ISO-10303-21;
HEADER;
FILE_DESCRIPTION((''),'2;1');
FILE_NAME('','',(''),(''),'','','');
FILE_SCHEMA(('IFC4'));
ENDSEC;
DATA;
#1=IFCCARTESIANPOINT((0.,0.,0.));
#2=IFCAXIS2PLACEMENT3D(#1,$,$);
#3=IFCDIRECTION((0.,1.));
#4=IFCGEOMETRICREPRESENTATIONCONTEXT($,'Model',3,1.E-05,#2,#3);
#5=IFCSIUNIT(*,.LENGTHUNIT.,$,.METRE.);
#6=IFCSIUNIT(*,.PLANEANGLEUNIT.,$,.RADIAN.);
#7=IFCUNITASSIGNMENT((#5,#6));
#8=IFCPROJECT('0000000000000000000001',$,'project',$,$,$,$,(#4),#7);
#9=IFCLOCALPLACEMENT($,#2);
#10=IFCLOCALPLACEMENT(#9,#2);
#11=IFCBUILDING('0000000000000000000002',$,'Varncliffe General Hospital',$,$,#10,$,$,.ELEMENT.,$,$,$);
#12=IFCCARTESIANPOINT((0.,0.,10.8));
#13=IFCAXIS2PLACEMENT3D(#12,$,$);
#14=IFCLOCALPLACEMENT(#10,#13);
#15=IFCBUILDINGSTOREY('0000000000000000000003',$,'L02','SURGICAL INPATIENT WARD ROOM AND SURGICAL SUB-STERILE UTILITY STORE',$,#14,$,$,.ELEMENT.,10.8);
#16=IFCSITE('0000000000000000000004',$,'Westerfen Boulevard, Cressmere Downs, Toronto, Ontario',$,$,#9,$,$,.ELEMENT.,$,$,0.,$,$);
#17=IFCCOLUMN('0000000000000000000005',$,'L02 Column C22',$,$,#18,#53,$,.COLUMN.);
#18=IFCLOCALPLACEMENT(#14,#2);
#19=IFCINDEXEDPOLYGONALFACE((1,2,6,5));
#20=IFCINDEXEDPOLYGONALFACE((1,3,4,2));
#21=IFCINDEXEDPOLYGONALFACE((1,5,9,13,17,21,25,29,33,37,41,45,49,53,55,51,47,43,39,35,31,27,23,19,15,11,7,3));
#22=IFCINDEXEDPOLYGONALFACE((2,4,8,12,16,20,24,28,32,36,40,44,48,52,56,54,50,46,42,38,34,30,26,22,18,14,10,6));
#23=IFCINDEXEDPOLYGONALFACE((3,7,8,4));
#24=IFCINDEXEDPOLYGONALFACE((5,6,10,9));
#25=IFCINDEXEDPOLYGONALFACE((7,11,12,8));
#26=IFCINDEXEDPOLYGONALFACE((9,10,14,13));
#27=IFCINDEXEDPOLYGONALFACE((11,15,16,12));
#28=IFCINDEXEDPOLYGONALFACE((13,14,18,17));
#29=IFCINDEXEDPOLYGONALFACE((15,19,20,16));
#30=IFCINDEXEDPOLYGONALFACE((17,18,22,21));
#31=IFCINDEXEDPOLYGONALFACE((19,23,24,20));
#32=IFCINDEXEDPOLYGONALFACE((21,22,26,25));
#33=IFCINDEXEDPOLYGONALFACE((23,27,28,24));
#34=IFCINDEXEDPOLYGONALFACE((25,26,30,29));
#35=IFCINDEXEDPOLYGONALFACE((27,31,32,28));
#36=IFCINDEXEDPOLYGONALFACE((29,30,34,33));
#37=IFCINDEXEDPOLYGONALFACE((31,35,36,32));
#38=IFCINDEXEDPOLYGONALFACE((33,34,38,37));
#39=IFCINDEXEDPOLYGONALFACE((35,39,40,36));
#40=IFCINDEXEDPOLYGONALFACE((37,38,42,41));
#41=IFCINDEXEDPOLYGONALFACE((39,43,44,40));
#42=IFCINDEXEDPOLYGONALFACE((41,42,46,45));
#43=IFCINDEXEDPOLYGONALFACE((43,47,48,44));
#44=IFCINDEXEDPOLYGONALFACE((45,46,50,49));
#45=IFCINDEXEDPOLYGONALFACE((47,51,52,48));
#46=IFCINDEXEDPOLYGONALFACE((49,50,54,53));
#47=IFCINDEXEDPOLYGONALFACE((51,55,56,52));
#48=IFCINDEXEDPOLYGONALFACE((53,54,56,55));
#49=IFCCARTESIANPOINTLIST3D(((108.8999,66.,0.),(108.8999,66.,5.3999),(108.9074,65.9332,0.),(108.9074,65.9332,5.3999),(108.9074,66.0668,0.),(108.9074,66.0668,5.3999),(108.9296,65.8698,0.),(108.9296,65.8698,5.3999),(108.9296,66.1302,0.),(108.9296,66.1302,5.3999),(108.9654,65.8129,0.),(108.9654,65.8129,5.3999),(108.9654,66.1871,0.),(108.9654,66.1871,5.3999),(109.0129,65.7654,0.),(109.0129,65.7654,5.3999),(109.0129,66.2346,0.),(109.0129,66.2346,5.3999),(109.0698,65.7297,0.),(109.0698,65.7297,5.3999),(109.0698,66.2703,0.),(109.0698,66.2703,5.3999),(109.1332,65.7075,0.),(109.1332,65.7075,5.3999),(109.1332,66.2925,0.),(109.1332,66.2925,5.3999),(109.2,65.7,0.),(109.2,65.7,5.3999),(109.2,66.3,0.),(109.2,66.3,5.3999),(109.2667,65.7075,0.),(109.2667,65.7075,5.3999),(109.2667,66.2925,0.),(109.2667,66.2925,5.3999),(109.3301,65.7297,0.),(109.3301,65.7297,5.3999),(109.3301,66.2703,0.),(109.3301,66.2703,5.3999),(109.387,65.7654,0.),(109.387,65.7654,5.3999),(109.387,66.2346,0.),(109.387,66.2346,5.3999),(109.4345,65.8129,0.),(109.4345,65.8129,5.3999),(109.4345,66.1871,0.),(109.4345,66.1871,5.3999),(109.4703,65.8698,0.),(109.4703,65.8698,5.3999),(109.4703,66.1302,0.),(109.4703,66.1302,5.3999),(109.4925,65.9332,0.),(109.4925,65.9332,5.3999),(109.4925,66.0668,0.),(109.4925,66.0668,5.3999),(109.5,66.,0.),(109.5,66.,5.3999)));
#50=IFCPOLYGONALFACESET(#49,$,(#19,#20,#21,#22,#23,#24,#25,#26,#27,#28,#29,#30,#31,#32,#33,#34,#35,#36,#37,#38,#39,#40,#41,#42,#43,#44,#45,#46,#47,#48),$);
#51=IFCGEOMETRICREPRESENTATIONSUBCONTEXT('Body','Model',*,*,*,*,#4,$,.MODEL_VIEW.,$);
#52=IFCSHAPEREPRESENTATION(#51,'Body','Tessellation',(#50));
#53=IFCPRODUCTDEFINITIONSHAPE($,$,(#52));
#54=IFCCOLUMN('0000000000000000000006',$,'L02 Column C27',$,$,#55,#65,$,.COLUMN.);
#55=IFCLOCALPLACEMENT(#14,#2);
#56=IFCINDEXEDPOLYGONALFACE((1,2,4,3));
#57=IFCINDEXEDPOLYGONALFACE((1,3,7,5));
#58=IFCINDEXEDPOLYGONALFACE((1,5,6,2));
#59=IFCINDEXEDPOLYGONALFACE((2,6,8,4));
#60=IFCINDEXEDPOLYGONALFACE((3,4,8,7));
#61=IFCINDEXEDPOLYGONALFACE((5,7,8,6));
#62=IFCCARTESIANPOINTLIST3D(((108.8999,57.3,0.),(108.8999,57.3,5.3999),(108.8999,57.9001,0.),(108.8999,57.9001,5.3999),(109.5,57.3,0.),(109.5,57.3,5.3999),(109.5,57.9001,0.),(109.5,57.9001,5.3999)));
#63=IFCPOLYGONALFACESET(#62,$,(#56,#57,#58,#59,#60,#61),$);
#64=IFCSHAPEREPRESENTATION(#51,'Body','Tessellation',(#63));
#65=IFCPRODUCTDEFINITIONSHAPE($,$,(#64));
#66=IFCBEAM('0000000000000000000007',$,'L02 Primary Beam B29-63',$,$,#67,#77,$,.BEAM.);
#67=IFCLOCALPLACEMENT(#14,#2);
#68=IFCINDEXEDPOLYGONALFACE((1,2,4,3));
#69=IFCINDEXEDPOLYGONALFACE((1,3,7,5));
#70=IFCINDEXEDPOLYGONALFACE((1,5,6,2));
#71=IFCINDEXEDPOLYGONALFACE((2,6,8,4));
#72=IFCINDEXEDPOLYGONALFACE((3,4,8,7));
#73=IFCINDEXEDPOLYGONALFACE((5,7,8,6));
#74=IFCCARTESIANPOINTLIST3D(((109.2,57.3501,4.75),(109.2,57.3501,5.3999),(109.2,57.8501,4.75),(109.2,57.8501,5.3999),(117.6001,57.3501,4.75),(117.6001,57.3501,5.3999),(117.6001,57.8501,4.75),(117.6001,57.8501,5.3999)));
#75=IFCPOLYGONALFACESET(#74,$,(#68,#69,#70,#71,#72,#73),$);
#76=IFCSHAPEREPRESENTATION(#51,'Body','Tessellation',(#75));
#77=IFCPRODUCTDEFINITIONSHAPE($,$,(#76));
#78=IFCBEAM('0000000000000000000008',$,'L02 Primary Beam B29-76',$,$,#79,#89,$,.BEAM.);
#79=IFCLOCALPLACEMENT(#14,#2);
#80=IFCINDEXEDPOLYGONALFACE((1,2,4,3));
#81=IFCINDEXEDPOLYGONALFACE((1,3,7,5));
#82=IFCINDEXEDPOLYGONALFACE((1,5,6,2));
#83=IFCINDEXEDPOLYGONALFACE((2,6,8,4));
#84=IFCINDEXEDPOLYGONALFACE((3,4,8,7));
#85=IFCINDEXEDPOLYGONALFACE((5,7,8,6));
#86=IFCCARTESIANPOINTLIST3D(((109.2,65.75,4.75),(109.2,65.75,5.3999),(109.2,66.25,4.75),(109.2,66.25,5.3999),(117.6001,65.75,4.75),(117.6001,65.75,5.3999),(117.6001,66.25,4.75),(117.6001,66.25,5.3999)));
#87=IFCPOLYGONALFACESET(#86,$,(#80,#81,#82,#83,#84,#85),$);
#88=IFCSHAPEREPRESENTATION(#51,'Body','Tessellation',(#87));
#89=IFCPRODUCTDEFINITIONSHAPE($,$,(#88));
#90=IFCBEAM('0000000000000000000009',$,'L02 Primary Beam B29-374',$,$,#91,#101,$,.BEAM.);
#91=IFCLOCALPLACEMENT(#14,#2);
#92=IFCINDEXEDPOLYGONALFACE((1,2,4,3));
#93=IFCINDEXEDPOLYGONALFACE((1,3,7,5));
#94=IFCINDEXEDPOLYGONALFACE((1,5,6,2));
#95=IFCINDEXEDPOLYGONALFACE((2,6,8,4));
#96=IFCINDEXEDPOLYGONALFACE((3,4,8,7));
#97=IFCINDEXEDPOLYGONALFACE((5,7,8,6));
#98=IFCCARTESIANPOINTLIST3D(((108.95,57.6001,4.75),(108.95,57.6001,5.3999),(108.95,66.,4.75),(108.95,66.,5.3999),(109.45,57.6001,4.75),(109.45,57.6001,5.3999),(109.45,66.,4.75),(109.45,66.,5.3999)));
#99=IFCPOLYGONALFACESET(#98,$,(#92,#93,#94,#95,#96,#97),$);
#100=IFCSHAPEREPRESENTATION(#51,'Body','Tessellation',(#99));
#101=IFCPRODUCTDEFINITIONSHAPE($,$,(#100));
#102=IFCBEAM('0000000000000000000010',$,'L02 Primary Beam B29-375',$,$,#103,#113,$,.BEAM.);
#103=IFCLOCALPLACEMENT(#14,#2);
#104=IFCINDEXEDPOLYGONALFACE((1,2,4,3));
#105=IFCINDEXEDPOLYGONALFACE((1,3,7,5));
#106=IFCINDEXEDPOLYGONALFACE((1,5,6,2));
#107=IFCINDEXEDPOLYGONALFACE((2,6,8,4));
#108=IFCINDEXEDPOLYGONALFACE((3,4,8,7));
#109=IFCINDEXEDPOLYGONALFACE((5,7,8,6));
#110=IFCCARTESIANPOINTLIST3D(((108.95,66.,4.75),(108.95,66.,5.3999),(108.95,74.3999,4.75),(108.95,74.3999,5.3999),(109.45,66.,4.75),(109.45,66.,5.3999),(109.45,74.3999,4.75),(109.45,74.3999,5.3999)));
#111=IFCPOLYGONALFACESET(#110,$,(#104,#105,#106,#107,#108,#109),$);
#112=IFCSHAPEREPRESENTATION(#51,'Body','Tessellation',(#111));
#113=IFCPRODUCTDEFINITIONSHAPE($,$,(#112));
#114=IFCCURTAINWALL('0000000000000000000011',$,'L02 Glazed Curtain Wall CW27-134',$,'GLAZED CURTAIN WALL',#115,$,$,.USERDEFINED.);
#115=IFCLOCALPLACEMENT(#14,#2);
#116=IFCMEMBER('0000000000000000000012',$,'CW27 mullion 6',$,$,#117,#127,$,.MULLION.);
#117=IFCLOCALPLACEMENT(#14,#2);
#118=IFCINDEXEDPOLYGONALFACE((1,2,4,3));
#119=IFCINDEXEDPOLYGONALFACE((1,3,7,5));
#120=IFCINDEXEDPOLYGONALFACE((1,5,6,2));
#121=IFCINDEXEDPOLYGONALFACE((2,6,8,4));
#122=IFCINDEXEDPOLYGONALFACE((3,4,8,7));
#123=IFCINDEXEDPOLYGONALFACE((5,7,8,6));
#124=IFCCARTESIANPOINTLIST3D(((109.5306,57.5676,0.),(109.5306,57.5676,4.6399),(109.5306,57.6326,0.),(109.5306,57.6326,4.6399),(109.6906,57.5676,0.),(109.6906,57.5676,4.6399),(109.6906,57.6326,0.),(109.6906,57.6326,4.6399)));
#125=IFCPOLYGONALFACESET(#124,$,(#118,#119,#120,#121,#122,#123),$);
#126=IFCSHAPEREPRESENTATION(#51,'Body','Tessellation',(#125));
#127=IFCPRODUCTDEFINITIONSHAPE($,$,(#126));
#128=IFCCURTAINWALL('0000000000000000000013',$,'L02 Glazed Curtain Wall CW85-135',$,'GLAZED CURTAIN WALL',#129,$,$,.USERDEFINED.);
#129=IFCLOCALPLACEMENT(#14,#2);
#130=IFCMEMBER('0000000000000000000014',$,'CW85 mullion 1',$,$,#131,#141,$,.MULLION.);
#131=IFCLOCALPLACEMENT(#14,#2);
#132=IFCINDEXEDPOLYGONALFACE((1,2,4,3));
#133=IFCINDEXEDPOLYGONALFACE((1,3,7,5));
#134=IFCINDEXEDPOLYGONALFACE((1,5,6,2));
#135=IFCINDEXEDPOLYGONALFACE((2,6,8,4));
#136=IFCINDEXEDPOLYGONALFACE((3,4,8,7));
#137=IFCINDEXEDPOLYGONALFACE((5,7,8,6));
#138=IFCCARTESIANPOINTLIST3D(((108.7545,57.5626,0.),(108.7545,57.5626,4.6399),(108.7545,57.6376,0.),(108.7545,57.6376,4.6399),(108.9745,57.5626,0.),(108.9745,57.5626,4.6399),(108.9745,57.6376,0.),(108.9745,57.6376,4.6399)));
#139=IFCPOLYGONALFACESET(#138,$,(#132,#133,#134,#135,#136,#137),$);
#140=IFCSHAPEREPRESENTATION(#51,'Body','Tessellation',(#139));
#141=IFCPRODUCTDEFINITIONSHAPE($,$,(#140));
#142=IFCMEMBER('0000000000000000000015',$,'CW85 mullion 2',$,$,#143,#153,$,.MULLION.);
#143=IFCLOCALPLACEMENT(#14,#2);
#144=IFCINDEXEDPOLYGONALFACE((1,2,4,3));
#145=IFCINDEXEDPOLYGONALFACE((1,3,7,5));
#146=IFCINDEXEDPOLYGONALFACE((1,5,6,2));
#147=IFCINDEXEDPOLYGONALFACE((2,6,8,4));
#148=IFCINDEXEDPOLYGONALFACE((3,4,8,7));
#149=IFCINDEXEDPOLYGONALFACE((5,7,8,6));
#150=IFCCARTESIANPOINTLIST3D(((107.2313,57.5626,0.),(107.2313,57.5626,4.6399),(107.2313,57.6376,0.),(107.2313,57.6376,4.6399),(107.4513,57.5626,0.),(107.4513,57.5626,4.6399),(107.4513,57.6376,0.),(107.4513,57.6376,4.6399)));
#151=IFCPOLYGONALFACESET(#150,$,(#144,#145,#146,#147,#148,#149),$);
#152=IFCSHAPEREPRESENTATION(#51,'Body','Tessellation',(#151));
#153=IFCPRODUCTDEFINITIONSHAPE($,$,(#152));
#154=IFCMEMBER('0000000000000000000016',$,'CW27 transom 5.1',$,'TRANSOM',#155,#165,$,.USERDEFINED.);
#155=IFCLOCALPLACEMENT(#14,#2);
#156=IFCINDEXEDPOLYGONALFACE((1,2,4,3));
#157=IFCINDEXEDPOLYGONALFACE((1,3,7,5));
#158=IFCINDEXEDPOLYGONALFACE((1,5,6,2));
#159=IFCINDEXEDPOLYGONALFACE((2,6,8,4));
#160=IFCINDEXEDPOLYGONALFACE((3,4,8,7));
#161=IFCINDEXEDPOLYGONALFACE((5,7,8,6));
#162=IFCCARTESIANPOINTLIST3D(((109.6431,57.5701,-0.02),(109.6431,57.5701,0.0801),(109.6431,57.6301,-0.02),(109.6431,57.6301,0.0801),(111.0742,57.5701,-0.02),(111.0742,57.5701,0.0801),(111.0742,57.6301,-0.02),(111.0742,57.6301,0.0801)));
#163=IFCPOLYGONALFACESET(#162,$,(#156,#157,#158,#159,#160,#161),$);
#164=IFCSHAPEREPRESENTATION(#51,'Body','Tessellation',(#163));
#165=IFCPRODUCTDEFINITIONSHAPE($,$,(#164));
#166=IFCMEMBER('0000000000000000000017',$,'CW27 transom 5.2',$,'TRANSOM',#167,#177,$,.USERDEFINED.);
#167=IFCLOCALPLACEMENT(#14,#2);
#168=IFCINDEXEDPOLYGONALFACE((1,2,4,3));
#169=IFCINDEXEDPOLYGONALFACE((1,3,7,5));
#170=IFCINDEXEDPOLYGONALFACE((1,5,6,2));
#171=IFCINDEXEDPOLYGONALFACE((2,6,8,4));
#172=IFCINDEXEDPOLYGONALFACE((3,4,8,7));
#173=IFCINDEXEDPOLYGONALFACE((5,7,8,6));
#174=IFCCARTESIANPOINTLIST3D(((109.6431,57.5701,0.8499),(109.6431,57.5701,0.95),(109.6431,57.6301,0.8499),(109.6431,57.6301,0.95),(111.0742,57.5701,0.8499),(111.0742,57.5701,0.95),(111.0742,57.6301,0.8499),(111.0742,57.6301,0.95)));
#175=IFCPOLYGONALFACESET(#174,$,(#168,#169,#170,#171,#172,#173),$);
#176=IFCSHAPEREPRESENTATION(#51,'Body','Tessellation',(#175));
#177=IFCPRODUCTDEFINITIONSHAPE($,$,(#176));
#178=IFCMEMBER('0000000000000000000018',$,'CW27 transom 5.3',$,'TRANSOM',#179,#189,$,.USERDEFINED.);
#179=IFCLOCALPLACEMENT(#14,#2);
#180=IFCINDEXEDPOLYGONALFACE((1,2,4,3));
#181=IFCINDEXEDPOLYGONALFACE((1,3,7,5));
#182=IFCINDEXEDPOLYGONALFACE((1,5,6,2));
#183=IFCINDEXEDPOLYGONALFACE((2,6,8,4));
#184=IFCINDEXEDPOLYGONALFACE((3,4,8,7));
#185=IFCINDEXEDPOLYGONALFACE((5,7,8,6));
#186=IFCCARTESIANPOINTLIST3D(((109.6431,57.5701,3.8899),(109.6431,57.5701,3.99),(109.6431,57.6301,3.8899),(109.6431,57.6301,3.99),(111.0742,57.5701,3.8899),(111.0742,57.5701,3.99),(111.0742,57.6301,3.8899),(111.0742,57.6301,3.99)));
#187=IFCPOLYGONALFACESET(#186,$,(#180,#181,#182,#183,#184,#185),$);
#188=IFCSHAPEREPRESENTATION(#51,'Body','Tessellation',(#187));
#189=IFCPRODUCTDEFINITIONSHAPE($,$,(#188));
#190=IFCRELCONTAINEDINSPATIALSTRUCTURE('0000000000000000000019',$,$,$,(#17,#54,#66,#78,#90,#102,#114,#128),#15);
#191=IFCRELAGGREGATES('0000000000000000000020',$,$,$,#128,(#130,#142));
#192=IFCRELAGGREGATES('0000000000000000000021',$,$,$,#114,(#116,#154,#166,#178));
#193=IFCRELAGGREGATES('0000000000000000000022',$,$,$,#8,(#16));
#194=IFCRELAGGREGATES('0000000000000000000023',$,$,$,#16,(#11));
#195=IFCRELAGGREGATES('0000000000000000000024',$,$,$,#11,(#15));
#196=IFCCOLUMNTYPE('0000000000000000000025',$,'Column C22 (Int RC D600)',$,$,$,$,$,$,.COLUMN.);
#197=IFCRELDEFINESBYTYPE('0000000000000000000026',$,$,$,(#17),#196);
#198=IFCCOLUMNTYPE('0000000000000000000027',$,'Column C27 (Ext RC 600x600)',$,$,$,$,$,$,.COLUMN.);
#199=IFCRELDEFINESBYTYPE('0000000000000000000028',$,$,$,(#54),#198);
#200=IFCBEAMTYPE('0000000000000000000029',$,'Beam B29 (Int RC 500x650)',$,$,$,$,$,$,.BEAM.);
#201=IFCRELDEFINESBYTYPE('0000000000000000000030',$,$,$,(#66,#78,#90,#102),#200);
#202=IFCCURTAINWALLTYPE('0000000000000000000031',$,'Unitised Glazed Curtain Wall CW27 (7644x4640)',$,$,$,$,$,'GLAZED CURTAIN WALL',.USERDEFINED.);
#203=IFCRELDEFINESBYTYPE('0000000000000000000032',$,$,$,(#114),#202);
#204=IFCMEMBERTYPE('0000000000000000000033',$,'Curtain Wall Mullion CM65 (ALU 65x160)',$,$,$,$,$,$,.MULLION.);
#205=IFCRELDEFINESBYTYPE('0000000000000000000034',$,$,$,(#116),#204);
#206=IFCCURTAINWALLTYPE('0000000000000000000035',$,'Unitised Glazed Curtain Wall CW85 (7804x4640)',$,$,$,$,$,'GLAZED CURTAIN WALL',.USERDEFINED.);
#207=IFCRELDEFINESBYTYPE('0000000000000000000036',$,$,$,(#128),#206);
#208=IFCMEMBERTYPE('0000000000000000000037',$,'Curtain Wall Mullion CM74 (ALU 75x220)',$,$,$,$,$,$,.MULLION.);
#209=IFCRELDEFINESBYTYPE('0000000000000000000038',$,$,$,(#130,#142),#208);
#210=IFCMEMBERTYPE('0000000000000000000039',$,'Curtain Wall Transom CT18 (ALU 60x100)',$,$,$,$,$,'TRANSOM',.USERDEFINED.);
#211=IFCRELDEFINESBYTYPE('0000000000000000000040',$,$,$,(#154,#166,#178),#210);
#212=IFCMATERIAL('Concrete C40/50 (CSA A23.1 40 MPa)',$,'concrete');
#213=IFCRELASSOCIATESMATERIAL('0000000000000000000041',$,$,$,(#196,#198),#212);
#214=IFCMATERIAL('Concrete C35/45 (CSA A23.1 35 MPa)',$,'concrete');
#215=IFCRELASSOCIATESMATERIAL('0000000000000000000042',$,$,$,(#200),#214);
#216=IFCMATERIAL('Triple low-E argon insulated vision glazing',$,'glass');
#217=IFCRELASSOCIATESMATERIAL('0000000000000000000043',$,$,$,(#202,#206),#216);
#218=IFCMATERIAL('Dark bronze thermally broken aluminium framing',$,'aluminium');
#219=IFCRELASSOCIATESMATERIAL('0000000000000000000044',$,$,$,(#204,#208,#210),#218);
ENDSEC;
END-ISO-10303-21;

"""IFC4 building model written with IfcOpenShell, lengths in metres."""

from ifc_helpers import new_model, si_unit, direction, frame, origin, origin_2d, place, context, subcontext, project, spatial, rectangle, circle, extrude, material, material_profile, profile_set, type_object, element, aggregate, save


model = new_model("IFC4")

# Units and contexts
model_context = context("Model", 3, precision=1e-05, world=origin(), true_north=direction((0.0, 1.0)))
body_context = subcontext(model_context, "Body", "Model", "MODEL_VIEW")
ifc_project = project(units=[si_unit("LENGTHUNIT", "METRE"), si_unit("PLANEANGLEUNIT", "RADIAN")], contexts=[model_context])

# Site, building, storey
site_placement = place(None, origin())
site = spatial("IfcSite", under=ifc_project, at=site_placement, Name="Westerfen Boulevard, Cressmere Downs, Toronto, Ontario", CompositionType="ELEMENT", RefElevation=0.0)
building_placement = place(site_placement, origin())
building = spatial("IfcBuilding", under=site, at=building_placement, Name="Varncliffe General Hospital", CompositionType="ELEMENT")
storey_placement = place(building_placement, frame((0.0, 0.0, 10.8)))
storey = spatial("IfcBuildingStorey", under=building, at=storey_placement, Name="L02", Description="SURGICAL INPATIENT WARD ROOM AND SURGICAL SUB-STERILE UTILITY STORE", CompositionType="ELEMENT", Elevation=10.8)

# Columns
ifc_material_1 = material(Name="Concrete C40/50 (CSA A23.1 40 MPa)", Category="concrete")
ifc_material_profile_1 = material_profile(ifc_material_1, circle(Radius=0.3, at=origin_2d()), Name="RC D600")
ifc_profile_set_1 = profile_set([ifc_material_profile_1], Name="Concrete C40/50 (CSA A23.1 40 MPa)")
column_type_1 = type_object("IfcColumnType", Name="Column C22 (Int RC D600)", PredefinedType="COLUMN", material=ifc_profile_set_1)
column_1_placement = place(storey_placement, frame((109.2, 66.0, 0.0), z_axis=(0.0, 0.0, 1.0), x_axis=(1.0, 0.0, 0.0)))
element("IfcColumn", 1, at=column_1_placement, inside=storey, type_object=column_type_1, Name="L02 Column C22", PredefinedType="COLUMN", context=body_context, shape_type="SweptSolid", body=[
    extrude(circle(Radius=0.3, at=origin_2d()), origin(), (0.0, 0.0, 1.0), 5.3999),
])
ifc_material_profile_2 = material_profile(ifc_material_1, rectangle(XDim=0.6001, YDim=0.6001, at=origin_2d()), Name="RC 600x600")
ifc_profile_set_2 = profile_set([ifc_material_profile_2], Name="Concrete C40/50 (CSA A23.1 40 MPa)")
column_type_2 = type_object("IfcColumnType", Name="Column C27 (Ext RC 600x600)", PredefinedType="COLUMN", material=ifc_profile_set_2)
column_2_placement = place(storey_placement, frame((109.2, 57.6001, 0.0), z_axis=(0.0, 0.0, 1.0), x_axis=(1.0, 0.0, 0.0)))
element("IfcColumn", 2, at=column_2_placement, inside=storey, type_object=column_type_2, Name="L02 Column C27", PredefinedType="COLUMN", context=body_context, shape_type="SweptSolid", body=[
    extrude(rectangle(XDim=0.6001, YDim=0.6001, at=origin_2d()), origin(), (0.0, 0.0, 1.0), 5.3999),
])

# Beams
ifc_material_2 = material(Name="Concrete C35/45 (CSA A23.1 35 MPa)", Category="concrete")
ifc_material_profile_3 = material_profile(ifc_material_2, rectangle(XDim=0.5, YDim=0.6499, at=origin_2d()), Name="RC 500x650")
ifc_profile_set_3 = profile_set([ifc_material_profile_3], Name="Concrete C35/45 (CSA A23.1 35 MPa)")
beam_type = type_object("IfcBeamType", Name="Beam B29 (Int RC 500x650)", PredefinedType="BEAM", material=ifc_profile_set_3)
for number, where, z_axis, x_axis, name in (
    (3, (109.2, 57.6001, 5.075), (1.0, 0.0, 0.0), (0.0, 1.0, 0.0), "L02 Primary Beam B29-63"),
    (4, (109.2, 66.0, 5.075), (1.0, 0.0, 0.0), (0.0, 1.0, 0.0), "L02 Primary Beam B29-76"),
):
    element("IfcBeam", number, at=place(storey_placement, frame(where, z_axis=z_axis, x_axis=x_axis)), inside=storey, type_object=beam_type, Name=name, PredefinedType="BEAM", context=body_context, shape_type="SweptSolid", body=[
        extrude(rectangle(XDim=0.5, YDim=0.6499, at=origin_2d()), origin(), (0.0, 0.0, 1.0), 8.4001),
    ])
for number, where, z_axis, x_axis, name in (
    (5, (109.2, 57.6001, 5.075), (0.0, 1.0, 0.0), (-1.0, 0.0, 0.0), "L02 Primary Beam B29-374"),
    (6, (109.2, 66.0, 5.075), (0.0, 1.0, 0.0), (-1.0, 0.0, 0.0), "L02 Primary Beam B29-375"),
):
    element("IfcBeam", number, at=place(storey_placement, frame(where, z_axis=z_axis, x_axis=x_axis)), inside=storey, type_object=beam_type, Name=name, PredefinedType="BEAM", context=body_context, shape_type="SweptSolid", body=[
        extrude(rectangle(XDim=0.5, YDim=0.6499, at=origin_2d()), origin(), (0.0, 0.0, 1.0), 8.3999),
    ])

# Curtain wall, member
ifc_material_3 = material(Name="Triple low-E argon insulated vision glazing", Category="glass")
curtain_wall_type_1 = type_object("IfcCurtainWallType", Name="Unitised Glazed Curtain Wall CW27 (7644x4640)", ElementType="GLAZED CURTAIN WALL", PredefinedType="USERDEFINED", material=ifc_material_3)
curtain_wall_1_placement = place(storey_placement, origin())
curtain_wall_1 = element("IfcCurtainWall", 7, at=curtain_wall_1_placement, inside=storey, type_object=curtain_wall_type_1, Name="L02 Glazed Curtain Wall CW27-134", ObjectType="GLAZED CURTAIN WALL", PredefinedType="USERDEFINED")
ifc_material_4 = material(Name="Dark bronze thermally broken aluminium framing", Category="aluminium")
ifc_material_profile_4 = material_profile(ifc_material_4, rectangle(XDim=0.0649, YDim=0.1599, at=origin_2d()), Name="ALU 65x160")
ifc_profile_set_4 = profile_set([ifc_material_profile_4], Name="Dark bronze thermally broken aluminium framing")
member_type_1 = type_object("IfcMemberType", Name="Curtain Wall Mullion CM65 (ALU 65x160)", PredefinedType="MULLION", material=ifc_profile_set_4)
member_1_placement = place(storey_placement, frame((109.6106, 57.6001, 0.0), z_axis=(0.0, 0.0, 1.0), x_axis=(0.0, -1.0, 0.0)))
member_1 = element("IfcMember", 8, at=member_1_placement, type_object=member_type_1, Name="CW27 mullion 6", PredefinedType="MULLION", context=body_context, shape_type="SweptSolid", body=[
    extrude(rectangle(XDim=0.0649, YDim=0.1599, at=origin_2d()), origin(), (0.0, 0.0, 1.0), 4.6399),
])

# Curtain wall, members
curtain_wall_type_2 = type_object("IfcCurtainWallType", Name="Unitised Glazed Curtain Wall CW85 (7804x4640)", ElementType="GLAZED CURTAIN WALL", PredefinedType="USERDEFINED", material=ifc_material_3)
curtain_wall_2_placement = place(storey_placement, origin())
curtain_wall_2 = element("IfcCurtainWall", 9, at=curtain_wall_2_placement, inside=storey, type_object=curtain_wall_type_2, Name="L02 Glazed Curtain Wall CW85-135", ObjectType="GLAZED CURTAIN WALL", PredefinedType="USERDEFINED")
ifc_material_profile_5 = material_profile(ifc_material_4, rectangle(XDim=0.075, YDim=0.22, at=origin_2d()), Name="ALU 75x220")
ifc_profile_set_5 = profile_set([ifc_material_profile_5], Name="Dark bronze thermally broken aluminium framing")
member_type_2 = type_object("IfcMemberType", Name="Curtain Wall Mullion CM74 (ALU 75x220)", PredefinedType="MULLION", material=ifc_profile_set_5)
member_2_placement = place(storey_placement, frame((108.8645, 57.6001, 0.0), z_axis=(0.0, 0.0, 1.0), x_axis=(0.0, -1.0, 0.0)))
member_2 = element("IfcMember", 10, at=member_2_placement, type_object=member_type_2, Name="CW85 mullion 1", PredefinedType="MULLION", context=body_context, shape_type="SweptSolid", body=[
    extrude(rectangle(XDim=0.075, YDim=0.22, at=origin_2d()), origin(), (0.0, 0.0, 1.0), 4.6399),
])
member_3_placement = place(storey_placement, frame((107.3413, 57.6001, 0.0), z_axis=(0.0, 0.0, 1.0), x_axis=(0.0, -1.0, 0.0)))
member_3 = element("IfcMember", 11, at=member_3_placement, type_object=member_type_2, Name="CW85 mullion 2", PredefinedType="MULLION", context=body_context, shape_type="SweptSolid", body=[
    extrude(rectangle(XDim=0.075, YDim=0.22, at=origin_2d()), origin(), (0.0, 0.0, 1.0), 4.6399),
])

# Members
ifc_material_profile_6 = material_profile(ifc_material_4, rectangle(XDim=0.0601, YDim=0.1001, at=origin_2d()), Name="ALU 60x100")
ifc_profile_set_6 = profile_set([ifc_material_profile_6], Name="Dark bronze thermally broken aluminium framing")
member_type_3 = type_object("IfcMemberType", Name="Curtain Wall Transom CT18 (ALU 60x100)", ElementType="TRANSOM", PredefinedType="USERDEFINED", material=ifc_profile_set_6)
member_4_placement = place(storey_placement, frame((111.0742, 57.6001, 0.03), z_axis=(-1.0, 0.0, 0.0), x_axis=(0.0, -1.0, 0.0)))
member_4 = element("IfcMember", 12, at=member_4_placement, type_object=member_type_3, Name="CW27 transom 5.1", ObjectType="TRANSOM", PredefinedType="USERDEFINED", context=body_context, shape_type="SweptSolid", body=[
    extrude(rectangle(XDim=0.0601, YDim=0.1001, at=origin_2d()), origin(), (0.0, 0.0, 1.0), 1.4312),
])
member_5_placement = place(storey_placement, frame((111.0742, 57.6001, 0.8999), z_axis=(-1.0, 0.0, 0.0), x_axis=(0.0, -1.0, 0.0)))
member_5 = element("IfcMember", 13, at=member_5_placement, type_object=member_type_3, Name="CW27 transom 5.2", ObjectType="TRANSOM", PredefinedType="USERDEFINED", context=body_context, shape_type="SweptSolid", body=[
    extrude(rectangle(XDim=0.0601, YDim=0.1001, at=origin_2d()), origin(), (0.0, 0.0, 1.0), 1.4312),
])
member_6_placement = place(storey_placement, frame((111.0742, 57.6001, 3.9399), z_axis=(-1.0, 0.0, 0.0), x_axis=(0.0, -1.0, 0.0)))
member_6 = element("IfcMember", 14, at=member_6_placement, type_object=member_type_3, Name="CW27 transom 5.3", ObjectType="TRANSOM", PredefinedType="USERDEFINED", context=body_context, shape_type="SweptSolid", body=[
    extrude(rectangle(XDim=0.0601, YDim=0.1001, at=origin_2d()), origin(), (0.0, 0.0, 1.0), 1.4312),
])

aggregate(curtain_wall_2, [member_2, member_3])
aggregate(curtain_wall_1, [member_1, member_4, member_5, member_6])

save(model, "model.ifc")
